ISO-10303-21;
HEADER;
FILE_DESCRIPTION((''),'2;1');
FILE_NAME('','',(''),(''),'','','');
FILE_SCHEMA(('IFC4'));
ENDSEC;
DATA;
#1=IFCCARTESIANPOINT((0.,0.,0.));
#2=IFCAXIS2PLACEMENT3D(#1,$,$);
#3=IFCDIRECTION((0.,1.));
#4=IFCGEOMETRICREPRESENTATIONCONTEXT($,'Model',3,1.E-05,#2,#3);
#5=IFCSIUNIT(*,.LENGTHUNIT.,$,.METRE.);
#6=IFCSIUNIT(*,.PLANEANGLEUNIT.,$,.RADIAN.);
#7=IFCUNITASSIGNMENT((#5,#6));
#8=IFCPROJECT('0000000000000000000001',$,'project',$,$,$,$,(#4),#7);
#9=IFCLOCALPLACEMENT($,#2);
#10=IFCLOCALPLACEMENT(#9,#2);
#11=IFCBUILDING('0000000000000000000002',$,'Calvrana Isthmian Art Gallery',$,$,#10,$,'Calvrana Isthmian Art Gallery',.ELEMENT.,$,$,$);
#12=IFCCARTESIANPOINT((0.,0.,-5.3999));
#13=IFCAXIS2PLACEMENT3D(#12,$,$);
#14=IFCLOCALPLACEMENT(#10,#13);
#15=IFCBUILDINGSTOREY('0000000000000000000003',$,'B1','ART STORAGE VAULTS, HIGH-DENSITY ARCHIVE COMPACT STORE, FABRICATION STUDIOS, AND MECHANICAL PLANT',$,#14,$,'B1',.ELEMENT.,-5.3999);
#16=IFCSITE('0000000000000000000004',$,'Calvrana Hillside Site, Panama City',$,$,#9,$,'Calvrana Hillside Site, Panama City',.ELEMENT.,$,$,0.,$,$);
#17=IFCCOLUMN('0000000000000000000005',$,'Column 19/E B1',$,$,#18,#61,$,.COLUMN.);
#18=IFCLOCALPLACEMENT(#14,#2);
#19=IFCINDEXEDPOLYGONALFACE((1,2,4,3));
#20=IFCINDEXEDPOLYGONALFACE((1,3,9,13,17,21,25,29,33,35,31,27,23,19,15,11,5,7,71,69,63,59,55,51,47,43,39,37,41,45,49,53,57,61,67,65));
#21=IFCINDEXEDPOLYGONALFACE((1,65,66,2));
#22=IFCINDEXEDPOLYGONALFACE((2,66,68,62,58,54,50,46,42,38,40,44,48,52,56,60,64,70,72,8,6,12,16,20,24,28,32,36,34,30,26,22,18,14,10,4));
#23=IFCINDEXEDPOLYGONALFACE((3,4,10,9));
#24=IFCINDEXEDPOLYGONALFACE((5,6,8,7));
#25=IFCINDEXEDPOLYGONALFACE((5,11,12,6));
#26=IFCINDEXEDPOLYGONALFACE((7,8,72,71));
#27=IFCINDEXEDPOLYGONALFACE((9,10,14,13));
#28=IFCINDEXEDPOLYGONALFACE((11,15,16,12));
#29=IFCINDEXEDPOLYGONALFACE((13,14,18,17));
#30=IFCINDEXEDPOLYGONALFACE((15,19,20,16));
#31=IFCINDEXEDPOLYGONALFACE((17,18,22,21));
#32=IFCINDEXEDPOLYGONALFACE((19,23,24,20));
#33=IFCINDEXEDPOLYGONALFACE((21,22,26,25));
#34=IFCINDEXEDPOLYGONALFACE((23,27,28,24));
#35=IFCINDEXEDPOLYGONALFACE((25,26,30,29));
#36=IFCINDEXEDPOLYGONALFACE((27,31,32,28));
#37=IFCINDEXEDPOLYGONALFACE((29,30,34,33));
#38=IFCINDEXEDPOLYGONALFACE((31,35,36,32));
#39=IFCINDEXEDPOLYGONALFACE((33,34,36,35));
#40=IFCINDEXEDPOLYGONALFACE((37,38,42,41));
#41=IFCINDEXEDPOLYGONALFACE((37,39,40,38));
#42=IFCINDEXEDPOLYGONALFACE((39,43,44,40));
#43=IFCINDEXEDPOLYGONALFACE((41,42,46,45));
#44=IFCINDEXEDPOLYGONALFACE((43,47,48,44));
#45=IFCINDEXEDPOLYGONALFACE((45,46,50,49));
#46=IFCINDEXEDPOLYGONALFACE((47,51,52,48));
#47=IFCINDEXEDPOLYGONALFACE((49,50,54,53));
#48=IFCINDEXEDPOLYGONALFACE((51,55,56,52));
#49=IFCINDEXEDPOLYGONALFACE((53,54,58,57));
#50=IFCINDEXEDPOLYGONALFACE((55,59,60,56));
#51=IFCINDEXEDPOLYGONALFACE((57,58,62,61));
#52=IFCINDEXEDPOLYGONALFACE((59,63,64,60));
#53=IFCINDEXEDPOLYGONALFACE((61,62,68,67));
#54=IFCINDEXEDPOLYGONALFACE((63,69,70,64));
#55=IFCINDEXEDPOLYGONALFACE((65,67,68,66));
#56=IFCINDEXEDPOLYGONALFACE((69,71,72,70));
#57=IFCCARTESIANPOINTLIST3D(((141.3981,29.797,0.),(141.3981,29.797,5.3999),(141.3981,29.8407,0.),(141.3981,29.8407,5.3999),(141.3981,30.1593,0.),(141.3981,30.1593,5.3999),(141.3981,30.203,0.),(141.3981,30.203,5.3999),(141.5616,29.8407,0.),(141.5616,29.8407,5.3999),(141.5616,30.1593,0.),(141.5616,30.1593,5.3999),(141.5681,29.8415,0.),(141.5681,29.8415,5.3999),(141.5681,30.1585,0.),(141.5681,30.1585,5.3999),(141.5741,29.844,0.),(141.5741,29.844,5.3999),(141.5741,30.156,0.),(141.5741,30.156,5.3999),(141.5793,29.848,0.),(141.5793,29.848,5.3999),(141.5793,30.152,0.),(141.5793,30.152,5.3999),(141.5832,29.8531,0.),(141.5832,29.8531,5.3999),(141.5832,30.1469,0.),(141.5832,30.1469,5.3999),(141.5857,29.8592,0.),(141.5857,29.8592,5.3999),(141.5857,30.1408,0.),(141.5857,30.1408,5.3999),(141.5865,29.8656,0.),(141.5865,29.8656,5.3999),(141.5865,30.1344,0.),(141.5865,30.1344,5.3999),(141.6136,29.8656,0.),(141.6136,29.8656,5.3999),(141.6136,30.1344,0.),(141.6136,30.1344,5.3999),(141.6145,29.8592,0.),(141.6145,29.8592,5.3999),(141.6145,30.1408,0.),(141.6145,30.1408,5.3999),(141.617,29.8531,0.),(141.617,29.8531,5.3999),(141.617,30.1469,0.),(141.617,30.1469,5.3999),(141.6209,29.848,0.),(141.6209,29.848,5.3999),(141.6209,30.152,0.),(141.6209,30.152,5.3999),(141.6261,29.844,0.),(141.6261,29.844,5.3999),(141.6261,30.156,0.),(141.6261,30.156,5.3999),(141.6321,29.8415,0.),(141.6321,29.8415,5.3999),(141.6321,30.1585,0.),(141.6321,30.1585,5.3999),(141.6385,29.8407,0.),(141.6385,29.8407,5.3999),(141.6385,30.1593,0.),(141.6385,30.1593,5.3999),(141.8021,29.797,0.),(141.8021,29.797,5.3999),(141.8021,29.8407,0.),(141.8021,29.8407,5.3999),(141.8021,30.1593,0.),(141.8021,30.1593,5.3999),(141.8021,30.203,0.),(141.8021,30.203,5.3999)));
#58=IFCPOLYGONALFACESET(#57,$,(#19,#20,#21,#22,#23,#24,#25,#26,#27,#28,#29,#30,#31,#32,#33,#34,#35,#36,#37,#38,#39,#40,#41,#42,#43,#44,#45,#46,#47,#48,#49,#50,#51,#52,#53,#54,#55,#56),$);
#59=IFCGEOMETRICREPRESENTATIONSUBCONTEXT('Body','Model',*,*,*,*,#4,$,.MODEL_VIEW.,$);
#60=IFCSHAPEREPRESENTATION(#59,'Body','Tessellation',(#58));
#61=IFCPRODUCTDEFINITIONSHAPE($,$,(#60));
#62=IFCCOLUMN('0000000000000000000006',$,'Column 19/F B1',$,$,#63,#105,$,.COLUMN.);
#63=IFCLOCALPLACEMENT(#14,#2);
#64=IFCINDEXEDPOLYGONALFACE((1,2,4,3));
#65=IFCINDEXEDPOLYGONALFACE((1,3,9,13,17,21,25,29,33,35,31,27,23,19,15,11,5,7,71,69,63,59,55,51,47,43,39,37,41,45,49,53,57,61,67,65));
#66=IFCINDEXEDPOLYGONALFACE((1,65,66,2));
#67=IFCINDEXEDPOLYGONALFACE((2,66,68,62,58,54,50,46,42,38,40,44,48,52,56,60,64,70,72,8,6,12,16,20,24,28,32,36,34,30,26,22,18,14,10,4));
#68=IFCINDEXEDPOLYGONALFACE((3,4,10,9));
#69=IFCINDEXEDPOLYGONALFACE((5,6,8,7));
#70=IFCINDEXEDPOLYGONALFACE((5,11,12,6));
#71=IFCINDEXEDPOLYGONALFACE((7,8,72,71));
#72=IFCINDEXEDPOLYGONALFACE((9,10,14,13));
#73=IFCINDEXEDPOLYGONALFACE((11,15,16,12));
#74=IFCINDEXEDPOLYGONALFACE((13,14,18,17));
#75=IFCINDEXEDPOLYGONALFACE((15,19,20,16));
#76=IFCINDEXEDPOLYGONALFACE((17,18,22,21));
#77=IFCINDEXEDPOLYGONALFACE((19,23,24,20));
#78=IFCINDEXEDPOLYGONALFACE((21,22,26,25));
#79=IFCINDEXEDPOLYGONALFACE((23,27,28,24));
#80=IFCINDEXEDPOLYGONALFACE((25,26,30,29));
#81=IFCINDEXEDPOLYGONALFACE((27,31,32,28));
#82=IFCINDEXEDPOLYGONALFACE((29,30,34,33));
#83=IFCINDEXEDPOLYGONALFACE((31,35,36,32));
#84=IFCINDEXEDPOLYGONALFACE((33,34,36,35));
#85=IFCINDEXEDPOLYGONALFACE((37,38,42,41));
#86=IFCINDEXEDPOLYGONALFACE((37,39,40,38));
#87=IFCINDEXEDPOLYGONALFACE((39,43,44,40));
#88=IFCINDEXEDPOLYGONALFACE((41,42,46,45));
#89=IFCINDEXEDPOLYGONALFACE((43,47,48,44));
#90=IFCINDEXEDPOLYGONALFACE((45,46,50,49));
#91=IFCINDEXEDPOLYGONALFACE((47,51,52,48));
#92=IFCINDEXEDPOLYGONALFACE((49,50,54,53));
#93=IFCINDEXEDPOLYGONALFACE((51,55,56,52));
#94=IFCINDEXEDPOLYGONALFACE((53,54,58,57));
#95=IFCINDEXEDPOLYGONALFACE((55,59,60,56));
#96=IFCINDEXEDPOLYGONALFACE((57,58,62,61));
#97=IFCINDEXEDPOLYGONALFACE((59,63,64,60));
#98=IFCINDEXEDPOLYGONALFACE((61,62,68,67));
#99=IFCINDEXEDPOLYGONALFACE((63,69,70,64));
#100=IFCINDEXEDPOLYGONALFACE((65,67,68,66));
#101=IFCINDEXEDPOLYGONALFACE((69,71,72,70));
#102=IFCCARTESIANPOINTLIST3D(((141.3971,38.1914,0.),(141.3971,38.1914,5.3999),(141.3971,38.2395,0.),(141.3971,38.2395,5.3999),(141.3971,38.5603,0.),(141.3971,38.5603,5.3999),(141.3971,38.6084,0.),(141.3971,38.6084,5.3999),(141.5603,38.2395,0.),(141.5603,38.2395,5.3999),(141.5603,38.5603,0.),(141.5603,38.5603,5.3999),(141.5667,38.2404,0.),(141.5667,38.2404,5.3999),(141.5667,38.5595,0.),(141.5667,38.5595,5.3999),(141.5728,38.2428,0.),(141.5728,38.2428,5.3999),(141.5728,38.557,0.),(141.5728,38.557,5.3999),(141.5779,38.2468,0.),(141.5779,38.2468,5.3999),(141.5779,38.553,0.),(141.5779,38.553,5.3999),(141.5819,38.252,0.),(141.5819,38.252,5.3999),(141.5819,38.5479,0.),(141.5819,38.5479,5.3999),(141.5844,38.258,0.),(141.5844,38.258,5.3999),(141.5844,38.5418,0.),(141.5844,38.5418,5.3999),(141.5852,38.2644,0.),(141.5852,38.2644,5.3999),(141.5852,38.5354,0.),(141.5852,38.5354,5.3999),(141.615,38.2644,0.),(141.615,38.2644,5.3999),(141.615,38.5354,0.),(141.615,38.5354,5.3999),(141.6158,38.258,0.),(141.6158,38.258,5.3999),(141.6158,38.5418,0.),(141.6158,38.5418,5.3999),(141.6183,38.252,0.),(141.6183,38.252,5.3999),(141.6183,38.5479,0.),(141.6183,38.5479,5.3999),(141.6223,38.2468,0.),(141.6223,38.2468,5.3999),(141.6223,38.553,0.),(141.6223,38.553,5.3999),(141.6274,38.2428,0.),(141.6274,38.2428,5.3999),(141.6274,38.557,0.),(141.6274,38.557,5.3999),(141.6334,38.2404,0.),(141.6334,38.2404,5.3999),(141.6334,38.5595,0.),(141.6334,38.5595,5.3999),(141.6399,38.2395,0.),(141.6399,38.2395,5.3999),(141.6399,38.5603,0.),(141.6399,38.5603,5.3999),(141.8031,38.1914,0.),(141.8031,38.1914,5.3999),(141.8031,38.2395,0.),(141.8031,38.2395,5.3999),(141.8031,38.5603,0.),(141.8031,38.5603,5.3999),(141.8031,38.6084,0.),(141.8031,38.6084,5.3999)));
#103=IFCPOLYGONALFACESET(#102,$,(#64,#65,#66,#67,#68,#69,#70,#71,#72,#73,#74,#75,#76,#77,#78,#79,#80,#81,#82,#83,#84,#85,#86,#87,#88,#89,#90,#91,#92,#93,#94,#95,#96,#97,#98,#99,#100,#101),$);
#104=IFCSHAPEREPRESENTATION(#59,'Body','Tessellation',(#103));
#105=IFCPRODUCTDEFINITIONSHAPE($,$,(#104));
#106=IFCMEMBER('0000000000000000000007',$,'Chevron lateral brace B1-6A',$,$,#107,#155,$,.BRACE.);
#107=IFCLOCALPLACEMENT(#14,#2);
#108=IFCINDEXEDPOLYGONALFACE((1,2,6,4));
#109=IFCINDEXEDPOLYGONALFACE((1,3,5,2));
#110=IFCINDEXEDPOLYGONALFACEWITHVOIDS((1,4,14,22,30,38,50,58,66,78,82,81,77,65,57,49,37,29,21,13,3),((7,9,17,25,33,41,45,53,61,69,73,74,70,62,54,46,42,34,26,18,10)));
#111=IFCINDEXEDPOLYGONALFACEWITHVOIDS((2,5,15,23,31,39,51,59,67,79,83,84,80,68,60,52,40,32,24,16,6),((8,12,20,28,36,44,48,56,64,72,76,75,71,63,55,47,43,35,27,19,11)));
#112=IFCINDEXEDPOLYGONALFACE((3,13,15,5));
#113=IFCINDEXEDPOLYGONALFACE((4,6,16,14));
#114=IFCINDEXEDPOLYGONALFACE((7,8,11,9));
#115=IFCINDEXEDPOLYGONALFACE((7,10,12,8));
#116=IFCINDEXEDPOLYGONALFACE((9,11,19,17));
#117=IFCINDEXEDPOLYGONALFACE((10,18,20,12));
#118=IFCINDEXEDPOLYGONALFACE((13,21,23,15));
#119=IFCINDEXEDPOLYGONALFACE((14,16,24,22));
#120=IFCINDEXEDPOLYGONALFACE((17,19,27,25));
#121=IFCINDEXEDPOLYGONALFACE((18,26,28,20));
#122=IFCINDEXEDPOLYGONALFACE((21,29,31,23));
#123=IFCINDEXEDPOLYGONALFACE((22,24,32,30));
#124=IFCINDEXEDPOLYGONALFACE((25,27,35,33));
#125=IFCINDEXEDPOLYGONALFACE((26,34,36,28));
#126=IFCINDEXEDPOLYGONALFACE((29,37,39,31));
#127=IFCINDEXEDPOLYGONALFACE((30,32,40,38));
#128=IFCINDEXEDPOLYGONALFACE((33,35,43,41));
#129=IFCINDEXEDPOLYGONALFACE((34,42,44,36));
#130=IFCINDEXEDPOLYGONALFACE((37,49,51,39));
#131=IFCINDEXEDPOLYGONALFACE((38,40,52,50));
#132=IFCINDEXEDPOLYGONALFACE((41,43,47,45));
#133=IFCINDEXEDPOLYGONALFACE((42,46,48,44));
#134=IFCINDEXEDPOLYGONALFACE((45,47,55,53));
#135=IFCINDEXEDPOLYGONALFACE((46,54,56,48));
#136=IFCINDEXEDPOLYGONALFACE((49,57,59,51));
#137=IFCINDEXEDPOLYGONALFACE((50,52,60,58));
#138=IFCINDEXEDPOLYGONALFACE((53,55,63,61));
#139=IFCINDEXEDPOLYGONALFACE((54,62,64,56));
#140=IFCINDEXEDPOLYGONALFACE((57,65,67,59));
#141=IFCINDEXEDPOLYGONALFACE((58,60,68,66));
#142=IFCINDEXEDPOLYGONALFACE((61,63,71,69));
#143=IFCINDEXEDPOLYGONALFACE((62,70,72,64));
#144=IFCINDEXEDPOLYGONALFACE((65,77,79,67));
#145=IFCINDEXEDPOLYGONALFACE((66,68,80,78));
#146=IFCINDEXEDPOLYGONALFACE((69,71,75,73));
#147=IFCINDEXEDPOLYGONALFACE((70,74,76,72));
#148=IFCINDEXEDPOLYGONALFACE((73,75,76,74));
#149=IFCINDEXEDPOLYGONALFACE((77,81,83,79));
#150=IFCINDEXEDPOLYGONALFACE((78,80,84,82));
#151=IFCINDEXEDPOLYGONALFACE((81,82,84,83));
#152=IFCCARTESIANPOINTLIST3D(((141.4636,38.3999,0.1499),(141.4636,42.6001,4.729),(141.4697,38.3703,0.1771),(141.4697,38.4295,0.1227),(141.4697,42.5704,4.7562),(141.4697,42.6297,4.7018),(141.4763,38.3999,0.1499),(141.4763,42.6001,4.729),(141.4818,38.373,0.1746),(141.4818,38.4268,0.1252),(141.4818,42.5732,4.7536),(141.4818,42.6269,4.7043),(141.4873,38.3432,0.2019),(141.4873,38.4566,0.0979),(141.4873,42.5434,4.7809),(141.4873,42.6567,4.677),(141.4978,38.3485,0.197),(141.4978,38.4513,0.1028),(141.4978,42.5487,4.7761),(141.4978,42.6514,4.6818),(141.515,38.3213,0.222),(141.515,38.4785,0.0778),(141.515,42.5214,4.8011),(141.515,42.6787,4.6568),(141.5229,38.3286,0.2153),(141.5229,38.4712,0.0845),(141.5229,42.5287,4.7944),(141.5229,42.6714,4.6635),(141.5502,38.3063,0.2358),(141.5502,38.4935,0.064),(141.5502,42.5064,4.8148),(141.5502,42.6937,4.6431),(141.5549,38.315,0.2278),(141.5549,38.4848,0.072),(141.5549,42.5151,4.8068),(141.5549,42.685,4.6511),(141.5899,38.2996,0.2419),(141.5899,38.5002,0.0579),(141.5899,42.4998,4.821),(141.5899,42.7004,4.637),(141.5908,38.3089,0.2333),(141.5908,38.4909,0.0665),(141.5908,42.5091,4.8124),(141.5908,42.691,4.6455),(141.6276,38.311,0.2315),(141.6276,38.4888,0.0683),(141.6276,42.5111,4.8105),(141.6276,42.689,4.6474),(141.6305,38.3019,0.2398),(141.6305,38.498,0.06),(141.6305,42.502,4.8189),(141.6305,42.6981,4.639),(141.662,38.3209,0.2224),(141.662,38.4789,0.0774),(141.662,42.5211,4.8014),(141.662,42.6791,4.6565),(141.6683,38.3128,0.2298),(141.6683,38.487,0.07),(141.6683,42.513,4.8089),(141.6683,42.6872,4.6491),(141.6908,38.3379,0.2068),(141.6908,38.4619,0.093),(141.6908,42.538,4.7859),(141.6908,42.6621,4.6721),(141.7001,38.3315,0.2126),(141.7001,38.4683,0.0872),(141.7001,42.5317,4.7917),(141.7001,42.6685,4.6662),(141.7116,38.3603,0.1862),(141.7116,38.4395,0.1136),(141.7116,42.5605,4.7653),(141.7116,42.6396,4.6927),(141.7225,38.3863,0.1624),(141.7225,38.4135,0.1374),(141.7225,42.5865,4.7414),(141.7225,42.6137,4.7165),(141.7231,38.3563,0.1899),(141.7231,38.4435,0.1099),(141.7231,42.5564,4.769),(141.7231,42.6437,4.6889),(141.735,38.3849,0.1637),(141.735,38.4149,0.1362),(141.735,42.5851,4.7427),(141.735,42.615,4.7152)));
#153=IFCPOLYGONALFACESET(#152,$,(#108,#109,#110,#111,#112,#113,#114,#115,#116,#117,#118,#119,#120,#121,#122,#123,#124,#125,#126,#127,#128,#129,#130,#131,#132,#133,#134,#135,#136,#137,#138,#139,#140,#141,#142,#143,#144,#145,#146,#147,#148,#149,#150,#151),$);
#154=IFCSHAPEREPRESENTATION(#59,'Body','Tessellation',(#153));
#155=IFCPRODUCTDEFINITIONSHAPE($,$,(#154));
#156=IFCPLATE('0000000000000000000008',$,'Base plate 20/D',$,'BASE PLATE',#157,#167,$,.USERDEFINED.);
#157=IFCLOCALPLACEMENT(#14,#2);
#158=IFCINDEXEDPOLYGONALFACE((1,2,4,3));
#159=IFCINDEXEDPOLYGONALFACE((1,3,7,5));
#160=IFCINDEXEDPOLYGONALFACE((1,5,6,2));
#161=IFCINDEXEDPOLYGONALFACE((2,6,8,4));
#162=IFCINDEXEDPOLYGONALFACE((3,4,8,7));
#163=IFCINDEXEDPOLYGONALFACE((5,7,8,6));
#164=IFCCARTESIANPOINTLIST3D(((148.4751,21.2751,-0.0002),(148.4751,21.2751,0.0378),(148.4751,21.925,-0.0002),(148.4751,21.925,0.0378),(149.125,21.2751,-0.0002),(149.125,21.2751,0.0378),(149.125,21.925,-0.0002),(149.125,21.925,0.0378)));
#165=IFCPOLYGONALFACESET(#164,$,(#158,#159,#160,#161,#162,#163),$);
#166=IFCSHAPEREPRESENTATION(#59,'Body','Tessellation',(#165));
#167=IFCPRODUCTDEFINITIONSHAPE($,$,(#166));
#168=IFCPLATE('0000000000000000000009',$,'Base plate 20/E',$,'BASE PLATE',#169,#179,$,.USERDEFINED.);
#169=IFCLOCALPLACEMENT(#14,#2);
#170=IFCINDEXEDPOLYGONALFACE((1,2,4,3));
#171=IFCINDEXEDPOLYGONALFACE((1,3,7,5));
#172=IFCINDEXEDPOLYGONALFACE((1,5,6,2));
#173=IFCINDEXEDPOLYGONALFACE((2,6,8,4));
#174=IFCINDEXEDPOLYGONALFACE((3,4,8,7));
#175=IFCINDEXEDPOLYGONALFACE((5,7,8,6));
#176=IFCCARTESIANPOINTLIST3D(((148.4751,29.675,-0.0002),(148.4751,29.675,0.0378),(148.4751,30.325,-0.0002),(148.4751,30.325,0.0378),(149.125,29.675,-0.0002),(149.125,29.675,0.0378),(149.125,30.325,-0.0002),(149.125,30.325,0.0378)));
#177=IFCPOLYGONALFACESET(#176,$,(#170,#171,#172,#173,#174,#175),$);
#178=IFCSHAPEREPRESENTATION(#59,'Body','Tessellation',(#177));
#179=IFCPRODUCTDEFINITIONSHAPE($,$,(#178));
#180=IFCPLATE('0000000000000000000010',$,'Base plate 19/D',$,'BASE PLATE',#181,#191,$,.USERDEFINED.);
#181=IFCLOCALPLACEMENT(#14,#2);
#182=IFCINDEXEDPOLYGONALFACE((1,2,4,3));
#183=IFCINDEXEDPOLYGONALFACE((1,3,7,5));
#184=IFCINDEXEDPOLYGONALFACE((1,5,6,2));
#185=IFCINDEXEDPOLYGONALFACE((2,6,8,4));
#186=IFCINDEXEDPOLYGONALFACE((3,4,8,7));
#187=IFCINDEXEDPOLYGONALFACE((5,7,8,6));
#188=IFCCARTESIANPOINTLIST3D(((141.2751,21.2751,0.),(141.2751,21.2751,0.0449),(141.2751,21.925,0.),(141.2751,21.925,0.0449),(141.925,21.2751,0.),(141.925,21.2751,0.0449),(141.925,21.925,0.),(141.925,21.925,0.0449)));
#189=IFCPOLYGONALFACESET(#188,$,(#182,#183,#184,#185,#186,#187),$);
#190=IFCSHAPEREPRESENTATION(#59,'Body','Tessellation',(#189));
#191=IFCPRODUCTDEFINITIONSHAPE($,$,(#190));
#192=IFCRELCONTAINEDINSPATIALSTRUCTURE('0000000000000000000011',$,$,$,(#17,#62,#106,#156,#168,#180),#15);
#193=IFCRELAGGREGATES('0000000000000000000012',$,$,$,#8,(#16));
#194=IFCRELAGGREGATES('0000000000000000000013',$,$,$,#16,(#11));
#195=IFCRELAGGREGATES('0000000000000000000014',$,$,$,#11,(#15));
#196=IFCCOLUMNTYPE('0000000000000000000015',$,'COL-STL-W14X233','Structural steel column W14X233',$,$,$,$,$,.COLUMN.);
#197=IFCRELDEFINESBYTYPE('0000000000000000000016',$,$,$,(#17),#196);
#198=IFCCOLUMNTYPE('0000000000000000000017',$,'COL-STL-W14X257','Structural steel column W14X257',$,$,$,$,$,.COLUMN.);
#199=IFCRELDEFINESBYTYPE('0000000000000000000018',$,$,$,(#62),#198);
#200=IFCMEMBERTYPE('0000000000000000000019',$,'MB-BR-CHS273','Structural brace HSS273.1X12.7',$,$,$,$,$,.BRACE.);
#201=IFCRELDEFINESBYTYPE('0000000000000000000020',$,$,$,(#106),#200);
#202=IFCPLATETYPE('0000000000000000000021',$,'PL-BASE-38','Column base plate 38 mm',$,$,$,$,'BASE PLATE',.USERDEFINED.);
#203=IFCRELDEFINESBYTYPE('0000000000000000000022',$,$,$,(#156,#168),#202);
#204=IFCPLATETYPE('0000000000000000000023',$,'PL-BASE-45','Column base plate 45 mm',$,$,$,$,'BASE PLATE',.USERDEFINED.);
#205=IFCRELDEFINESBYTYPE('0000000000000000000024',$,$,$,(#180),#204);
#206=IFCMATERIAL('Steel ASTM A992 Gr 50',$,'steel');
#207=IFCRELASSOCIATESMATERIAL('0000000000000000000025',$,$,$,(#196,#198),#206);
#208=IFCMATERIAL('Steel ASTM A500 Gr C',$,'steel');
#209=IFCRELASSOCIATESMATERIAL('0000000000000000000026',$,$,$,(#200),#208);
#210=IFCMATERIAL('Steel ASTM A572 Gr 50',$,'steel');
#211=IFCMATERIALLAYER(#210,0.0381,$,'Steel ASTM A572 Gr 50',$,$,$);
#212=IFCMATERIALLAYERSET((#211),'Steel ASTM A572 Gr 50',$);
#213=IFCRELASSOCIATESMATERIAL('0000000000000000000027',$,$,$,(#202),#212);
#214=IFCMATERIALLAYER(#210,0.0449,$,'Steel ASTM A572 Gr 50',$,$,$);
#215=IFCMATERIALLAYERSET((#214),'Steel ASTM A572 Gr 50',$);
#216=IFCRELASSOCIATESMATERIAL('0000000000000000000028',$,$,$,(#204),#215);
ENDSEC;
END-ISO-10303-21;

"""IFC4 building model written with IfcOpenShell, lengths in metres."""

from ifc_helpers import new_model, si_unit, direction, frame, origin, origin_2d, place, context, subcontext, project, spatial, rectangle, hollow_circle, i_section, extrude, material, layer, layer_set, material_profile, profile_set, type_object, element, save


model = new_model("IFC4")

# Units and contexts
model_context = context("Model", 3, precision=1e-05, world=origin(), true_north=direction((0.0, 1.0)))
body_context = subcontext(model_context, "Body", "Model", "MODEL_VIEW")
ifc_project = project(units=[si_unit("LENGTHUNIT", "METRE"), si_unit("PLANEANGLEUNIT", "RADIAN")], contexts=[model_context])

# Site, building, storey
site_placement = place(None, origin())
site = spatial("IfcSite", under=ifc_project, at=site_placement, Name="Calvrana Hillside Site, Panama City", LongName="Calvrana Hillside Site, Panama City", CompositionType="ELEMENT", RefElevation=0.0)
building_placement = place(site_placement, origin())
building = spatial("IfcBuilding", under=site, at=building_placement, Name="Calvrana Isthmian Art Gallery", LongName="Calvrana Isthmian Art Gallery", CompositionType="ELEMENT")
storey_placement = place(building_placement, frame((0.0, 0.0, -5.3999)))
storey = spatial("IfcBuildingStorey", under=building, at=storey_placement, Name="B1", Description="ART STORAGE VAULTS, HIGH-DENSITY ARCHIVE COMPACT STORE, FABRICATION STUDIOS, AND MECHANICAL PLANT", LongName="B1", CompositionType="ELEMENT", Elevation=-5.3999)

# Columns
ifc_material_1 = material(Name="Steel ASTM A992 Gr 50", Category="steel")
ifc_material_profile_1 = material_profile(ifc_material_1, i_section(OverallWidth=0.4041, OverallDepth=0.406, WebThickness=0.0271, FlangeThickness=0.0437, FilletRadius=0.0249, at=origin_2d()), Name="W14X233")
ifc_profile_set_1 = profile_set([ifc_material_profile_1], Name="Steel ASTM A992 Gr 50")
column_type_1 = type_object("IfcColumnType", Name="COL-STL-W14X233", Description="Structural steel column W14X233", PredefinedType="COLUMN", material=ifc_profile_set_1)
column_1_placement = place(storey_placement, frame((141.6001, 30.0, 0.0), z_axis=(0.0, 0.0, 1.0), x_axis=(1.0, 0.0, 0.0)))
element("IfcColumn", 1, at=column_1_placement, inside=storey, type_object=column_type_1, Name="Column 19/E B1", PredefinedType="COLUMN", context=body_context, shape_type="SweptSolid", body=[
    extrude(i_section(OverallWidth=0.4041, OverallDepth=0.406, WebThickness=0.0271, FlangeThickness=0.0437, FilletRadius=0.0249, at=origin_2d()), origin(), (0.0, 0.0, 1.0), 5.3999),
])
ifc_material_profile_2 = material_profile(ifc_material_1, i_section(OverallWidth=0.406, OverallDepth=0.417, WebThickness=0.0298, FlangeThickness=0.0481, FilletRadius=0.0249, at=origin_2d()), Name="W14X257")
ifc_profile_set_2 = profile_set([ifc_material_profile_2], Name="Steel ASTM A992 Gr 50")
column_type_2 = type_object("IfcColumnType", Name="COL-STL-W14X257", Description="Structural steel column W14X257", PredefinedType="COLUMN", material=ifc_profile_set_2)
column_2_placement = place(storey_placement, frame((141.6001, 38.3999, 0.0), z_axis=(0.0, 0.0, 1.0), x_axis=(1.0, 0.0, 0.0)))
element("IfcColumn", 2, at=column_2_placement, inside=storey, type_object=column_type_2, Name="Column 19/F B1", PredefinedType="COLUMN", context=body_context, shape_type="SweptSolid", body=[
    extrude(i_section(OverallWidth=0.406, OverallDepth=0.417, WebThickness=0.0298, FlangeThickness=0.0481, FilletRadius=0.0249, at=origin_2d()), origin(), (0.0, 0.0, 1.0), 5.3999),
])

# Member
ifc_material_2 = material(Name="Steel ASTM A500 Gr C", Category="steel")
ifc_material_profile_3 = material_profile(ifc_material_2, hollow_circle(Radius=0.1365, WallThickness=0.0127, at=origin_2d()), Name="HSS273.1X12.7")
ifc_profile_set_3 = profile_set([ifc_material_profile_3], Name="Steel ASTM A500 Gr C")
member_type = type_object("IfcMemberType", Name="MB-BR-CHS273", Description="Structural brace HSS273.1X12.7", PredefinedType="BRACE", material=ifc_profile_set_3)
member_placement = place(storey_placement, frame((141.6001, 38.3999, 0.1499), z_axis=(0.0, 0.675959, 0.736939), x_axis=(-1.0, 0.0, 0.0)))
element("IfcMember", 3, at=member_placement, inside=storey, type_object=member_type, Name="Chevron lateral brace B1-6A", PredefinedType="BRACE", context=body_context, shape_type="SweptSolid", body=[
    extrude(hollow_circle(Radius=0.1365, WallThickness=0.0127, at=origin_2d()), origin(), (0.0, 0.0, 1.0), 6.2136),
])

# Plates
ifc_material_3 = material(Name="Steel ASTM A572 Gr 50", Category="steel")
ifc_layer_1 = layer(ifc_material_3, 0.0381, Name="Steel ASTM A572 Gr 50")
ifc_layer_set_1 = layer_set([ifc_layer_1], Name="Steel ASTM A572 Gr 50")
plate_type_1 = type_object("IfcPlateType", Name="PL-BASE-38", Description="Column base plate 38 mm", ElementType="BASE PLATE", PredefinedType="USERDEFINED", material=ifc_layer_set_1)
for number, where, z_axis, x_axis, name in (
    (4, (148.8, 21.6001, -0.0002), (0.0, 0.0, 1.0), (1.0, 0.0, 0.0), "Base plate 20/D"),
    (5, (148.8, 30.0, -0.0002), (0.0, 0.0, 1.0), (1.0, 0.0, 0.0), "Base plate 20/E"),
):
    element("IfcPlate", number, at=place(storey_placement, frame(where, z_axis=z_axis, x_axis=x_axis)), inside=storey, type_object=plate_type_1, Name=name, ObjectType="BASE PLATE", PredefinedType="USERDEFINED", context=body_context, shape_type="SweptSolid", body=[
        extrude(rectangle(XDim=0.6499, YDim=0.6499, at=origin_2d()), origin(), (0.0, 0.0, 1.0), 0.0381),
    ])
ifc_layer_2 = layer(ifc_material_3, 0.0449, Name="Steel ASTM A572 Gr 50")
ifc_layer_set_2 = layer_set([ifc_layer_2], Name="Steel ASTM A572 Gr 50")
plate_type_2 = type_object("IfcPlateType", Name="PL-BASE-45", Description="Column base plate 45 mm", ElementType="BASE PLATE", PredefinedType="USERDEFINED", material=ifc_layer_set_2)
for number, where, z_axis, x_axis, name in (
    (6, (141.6001, 21.6001, 0.0), (0.0, 0.0, 1.0), (1.0, 0.0, 0.0), "Base plate 19/D"),
):
    element("IfcPlate", number, at=place(storey_placement, frame(where, z_axis=z_axis, x_axis=x_axis)), inside=storey, type_object=plate_type_2, Name=name, ObjectType="BASE PLATE", PredefinedType="USERDEFINED", context=body_context, shape_type="SweptSolid", body=[
        extrude(rectangle(XDim=0.6499, YDim=0.6499, at=origin_2d()), origin(), (0.0, 0.0, 1.0), 0.0449),
    ])

save(model, "model.ifc")
